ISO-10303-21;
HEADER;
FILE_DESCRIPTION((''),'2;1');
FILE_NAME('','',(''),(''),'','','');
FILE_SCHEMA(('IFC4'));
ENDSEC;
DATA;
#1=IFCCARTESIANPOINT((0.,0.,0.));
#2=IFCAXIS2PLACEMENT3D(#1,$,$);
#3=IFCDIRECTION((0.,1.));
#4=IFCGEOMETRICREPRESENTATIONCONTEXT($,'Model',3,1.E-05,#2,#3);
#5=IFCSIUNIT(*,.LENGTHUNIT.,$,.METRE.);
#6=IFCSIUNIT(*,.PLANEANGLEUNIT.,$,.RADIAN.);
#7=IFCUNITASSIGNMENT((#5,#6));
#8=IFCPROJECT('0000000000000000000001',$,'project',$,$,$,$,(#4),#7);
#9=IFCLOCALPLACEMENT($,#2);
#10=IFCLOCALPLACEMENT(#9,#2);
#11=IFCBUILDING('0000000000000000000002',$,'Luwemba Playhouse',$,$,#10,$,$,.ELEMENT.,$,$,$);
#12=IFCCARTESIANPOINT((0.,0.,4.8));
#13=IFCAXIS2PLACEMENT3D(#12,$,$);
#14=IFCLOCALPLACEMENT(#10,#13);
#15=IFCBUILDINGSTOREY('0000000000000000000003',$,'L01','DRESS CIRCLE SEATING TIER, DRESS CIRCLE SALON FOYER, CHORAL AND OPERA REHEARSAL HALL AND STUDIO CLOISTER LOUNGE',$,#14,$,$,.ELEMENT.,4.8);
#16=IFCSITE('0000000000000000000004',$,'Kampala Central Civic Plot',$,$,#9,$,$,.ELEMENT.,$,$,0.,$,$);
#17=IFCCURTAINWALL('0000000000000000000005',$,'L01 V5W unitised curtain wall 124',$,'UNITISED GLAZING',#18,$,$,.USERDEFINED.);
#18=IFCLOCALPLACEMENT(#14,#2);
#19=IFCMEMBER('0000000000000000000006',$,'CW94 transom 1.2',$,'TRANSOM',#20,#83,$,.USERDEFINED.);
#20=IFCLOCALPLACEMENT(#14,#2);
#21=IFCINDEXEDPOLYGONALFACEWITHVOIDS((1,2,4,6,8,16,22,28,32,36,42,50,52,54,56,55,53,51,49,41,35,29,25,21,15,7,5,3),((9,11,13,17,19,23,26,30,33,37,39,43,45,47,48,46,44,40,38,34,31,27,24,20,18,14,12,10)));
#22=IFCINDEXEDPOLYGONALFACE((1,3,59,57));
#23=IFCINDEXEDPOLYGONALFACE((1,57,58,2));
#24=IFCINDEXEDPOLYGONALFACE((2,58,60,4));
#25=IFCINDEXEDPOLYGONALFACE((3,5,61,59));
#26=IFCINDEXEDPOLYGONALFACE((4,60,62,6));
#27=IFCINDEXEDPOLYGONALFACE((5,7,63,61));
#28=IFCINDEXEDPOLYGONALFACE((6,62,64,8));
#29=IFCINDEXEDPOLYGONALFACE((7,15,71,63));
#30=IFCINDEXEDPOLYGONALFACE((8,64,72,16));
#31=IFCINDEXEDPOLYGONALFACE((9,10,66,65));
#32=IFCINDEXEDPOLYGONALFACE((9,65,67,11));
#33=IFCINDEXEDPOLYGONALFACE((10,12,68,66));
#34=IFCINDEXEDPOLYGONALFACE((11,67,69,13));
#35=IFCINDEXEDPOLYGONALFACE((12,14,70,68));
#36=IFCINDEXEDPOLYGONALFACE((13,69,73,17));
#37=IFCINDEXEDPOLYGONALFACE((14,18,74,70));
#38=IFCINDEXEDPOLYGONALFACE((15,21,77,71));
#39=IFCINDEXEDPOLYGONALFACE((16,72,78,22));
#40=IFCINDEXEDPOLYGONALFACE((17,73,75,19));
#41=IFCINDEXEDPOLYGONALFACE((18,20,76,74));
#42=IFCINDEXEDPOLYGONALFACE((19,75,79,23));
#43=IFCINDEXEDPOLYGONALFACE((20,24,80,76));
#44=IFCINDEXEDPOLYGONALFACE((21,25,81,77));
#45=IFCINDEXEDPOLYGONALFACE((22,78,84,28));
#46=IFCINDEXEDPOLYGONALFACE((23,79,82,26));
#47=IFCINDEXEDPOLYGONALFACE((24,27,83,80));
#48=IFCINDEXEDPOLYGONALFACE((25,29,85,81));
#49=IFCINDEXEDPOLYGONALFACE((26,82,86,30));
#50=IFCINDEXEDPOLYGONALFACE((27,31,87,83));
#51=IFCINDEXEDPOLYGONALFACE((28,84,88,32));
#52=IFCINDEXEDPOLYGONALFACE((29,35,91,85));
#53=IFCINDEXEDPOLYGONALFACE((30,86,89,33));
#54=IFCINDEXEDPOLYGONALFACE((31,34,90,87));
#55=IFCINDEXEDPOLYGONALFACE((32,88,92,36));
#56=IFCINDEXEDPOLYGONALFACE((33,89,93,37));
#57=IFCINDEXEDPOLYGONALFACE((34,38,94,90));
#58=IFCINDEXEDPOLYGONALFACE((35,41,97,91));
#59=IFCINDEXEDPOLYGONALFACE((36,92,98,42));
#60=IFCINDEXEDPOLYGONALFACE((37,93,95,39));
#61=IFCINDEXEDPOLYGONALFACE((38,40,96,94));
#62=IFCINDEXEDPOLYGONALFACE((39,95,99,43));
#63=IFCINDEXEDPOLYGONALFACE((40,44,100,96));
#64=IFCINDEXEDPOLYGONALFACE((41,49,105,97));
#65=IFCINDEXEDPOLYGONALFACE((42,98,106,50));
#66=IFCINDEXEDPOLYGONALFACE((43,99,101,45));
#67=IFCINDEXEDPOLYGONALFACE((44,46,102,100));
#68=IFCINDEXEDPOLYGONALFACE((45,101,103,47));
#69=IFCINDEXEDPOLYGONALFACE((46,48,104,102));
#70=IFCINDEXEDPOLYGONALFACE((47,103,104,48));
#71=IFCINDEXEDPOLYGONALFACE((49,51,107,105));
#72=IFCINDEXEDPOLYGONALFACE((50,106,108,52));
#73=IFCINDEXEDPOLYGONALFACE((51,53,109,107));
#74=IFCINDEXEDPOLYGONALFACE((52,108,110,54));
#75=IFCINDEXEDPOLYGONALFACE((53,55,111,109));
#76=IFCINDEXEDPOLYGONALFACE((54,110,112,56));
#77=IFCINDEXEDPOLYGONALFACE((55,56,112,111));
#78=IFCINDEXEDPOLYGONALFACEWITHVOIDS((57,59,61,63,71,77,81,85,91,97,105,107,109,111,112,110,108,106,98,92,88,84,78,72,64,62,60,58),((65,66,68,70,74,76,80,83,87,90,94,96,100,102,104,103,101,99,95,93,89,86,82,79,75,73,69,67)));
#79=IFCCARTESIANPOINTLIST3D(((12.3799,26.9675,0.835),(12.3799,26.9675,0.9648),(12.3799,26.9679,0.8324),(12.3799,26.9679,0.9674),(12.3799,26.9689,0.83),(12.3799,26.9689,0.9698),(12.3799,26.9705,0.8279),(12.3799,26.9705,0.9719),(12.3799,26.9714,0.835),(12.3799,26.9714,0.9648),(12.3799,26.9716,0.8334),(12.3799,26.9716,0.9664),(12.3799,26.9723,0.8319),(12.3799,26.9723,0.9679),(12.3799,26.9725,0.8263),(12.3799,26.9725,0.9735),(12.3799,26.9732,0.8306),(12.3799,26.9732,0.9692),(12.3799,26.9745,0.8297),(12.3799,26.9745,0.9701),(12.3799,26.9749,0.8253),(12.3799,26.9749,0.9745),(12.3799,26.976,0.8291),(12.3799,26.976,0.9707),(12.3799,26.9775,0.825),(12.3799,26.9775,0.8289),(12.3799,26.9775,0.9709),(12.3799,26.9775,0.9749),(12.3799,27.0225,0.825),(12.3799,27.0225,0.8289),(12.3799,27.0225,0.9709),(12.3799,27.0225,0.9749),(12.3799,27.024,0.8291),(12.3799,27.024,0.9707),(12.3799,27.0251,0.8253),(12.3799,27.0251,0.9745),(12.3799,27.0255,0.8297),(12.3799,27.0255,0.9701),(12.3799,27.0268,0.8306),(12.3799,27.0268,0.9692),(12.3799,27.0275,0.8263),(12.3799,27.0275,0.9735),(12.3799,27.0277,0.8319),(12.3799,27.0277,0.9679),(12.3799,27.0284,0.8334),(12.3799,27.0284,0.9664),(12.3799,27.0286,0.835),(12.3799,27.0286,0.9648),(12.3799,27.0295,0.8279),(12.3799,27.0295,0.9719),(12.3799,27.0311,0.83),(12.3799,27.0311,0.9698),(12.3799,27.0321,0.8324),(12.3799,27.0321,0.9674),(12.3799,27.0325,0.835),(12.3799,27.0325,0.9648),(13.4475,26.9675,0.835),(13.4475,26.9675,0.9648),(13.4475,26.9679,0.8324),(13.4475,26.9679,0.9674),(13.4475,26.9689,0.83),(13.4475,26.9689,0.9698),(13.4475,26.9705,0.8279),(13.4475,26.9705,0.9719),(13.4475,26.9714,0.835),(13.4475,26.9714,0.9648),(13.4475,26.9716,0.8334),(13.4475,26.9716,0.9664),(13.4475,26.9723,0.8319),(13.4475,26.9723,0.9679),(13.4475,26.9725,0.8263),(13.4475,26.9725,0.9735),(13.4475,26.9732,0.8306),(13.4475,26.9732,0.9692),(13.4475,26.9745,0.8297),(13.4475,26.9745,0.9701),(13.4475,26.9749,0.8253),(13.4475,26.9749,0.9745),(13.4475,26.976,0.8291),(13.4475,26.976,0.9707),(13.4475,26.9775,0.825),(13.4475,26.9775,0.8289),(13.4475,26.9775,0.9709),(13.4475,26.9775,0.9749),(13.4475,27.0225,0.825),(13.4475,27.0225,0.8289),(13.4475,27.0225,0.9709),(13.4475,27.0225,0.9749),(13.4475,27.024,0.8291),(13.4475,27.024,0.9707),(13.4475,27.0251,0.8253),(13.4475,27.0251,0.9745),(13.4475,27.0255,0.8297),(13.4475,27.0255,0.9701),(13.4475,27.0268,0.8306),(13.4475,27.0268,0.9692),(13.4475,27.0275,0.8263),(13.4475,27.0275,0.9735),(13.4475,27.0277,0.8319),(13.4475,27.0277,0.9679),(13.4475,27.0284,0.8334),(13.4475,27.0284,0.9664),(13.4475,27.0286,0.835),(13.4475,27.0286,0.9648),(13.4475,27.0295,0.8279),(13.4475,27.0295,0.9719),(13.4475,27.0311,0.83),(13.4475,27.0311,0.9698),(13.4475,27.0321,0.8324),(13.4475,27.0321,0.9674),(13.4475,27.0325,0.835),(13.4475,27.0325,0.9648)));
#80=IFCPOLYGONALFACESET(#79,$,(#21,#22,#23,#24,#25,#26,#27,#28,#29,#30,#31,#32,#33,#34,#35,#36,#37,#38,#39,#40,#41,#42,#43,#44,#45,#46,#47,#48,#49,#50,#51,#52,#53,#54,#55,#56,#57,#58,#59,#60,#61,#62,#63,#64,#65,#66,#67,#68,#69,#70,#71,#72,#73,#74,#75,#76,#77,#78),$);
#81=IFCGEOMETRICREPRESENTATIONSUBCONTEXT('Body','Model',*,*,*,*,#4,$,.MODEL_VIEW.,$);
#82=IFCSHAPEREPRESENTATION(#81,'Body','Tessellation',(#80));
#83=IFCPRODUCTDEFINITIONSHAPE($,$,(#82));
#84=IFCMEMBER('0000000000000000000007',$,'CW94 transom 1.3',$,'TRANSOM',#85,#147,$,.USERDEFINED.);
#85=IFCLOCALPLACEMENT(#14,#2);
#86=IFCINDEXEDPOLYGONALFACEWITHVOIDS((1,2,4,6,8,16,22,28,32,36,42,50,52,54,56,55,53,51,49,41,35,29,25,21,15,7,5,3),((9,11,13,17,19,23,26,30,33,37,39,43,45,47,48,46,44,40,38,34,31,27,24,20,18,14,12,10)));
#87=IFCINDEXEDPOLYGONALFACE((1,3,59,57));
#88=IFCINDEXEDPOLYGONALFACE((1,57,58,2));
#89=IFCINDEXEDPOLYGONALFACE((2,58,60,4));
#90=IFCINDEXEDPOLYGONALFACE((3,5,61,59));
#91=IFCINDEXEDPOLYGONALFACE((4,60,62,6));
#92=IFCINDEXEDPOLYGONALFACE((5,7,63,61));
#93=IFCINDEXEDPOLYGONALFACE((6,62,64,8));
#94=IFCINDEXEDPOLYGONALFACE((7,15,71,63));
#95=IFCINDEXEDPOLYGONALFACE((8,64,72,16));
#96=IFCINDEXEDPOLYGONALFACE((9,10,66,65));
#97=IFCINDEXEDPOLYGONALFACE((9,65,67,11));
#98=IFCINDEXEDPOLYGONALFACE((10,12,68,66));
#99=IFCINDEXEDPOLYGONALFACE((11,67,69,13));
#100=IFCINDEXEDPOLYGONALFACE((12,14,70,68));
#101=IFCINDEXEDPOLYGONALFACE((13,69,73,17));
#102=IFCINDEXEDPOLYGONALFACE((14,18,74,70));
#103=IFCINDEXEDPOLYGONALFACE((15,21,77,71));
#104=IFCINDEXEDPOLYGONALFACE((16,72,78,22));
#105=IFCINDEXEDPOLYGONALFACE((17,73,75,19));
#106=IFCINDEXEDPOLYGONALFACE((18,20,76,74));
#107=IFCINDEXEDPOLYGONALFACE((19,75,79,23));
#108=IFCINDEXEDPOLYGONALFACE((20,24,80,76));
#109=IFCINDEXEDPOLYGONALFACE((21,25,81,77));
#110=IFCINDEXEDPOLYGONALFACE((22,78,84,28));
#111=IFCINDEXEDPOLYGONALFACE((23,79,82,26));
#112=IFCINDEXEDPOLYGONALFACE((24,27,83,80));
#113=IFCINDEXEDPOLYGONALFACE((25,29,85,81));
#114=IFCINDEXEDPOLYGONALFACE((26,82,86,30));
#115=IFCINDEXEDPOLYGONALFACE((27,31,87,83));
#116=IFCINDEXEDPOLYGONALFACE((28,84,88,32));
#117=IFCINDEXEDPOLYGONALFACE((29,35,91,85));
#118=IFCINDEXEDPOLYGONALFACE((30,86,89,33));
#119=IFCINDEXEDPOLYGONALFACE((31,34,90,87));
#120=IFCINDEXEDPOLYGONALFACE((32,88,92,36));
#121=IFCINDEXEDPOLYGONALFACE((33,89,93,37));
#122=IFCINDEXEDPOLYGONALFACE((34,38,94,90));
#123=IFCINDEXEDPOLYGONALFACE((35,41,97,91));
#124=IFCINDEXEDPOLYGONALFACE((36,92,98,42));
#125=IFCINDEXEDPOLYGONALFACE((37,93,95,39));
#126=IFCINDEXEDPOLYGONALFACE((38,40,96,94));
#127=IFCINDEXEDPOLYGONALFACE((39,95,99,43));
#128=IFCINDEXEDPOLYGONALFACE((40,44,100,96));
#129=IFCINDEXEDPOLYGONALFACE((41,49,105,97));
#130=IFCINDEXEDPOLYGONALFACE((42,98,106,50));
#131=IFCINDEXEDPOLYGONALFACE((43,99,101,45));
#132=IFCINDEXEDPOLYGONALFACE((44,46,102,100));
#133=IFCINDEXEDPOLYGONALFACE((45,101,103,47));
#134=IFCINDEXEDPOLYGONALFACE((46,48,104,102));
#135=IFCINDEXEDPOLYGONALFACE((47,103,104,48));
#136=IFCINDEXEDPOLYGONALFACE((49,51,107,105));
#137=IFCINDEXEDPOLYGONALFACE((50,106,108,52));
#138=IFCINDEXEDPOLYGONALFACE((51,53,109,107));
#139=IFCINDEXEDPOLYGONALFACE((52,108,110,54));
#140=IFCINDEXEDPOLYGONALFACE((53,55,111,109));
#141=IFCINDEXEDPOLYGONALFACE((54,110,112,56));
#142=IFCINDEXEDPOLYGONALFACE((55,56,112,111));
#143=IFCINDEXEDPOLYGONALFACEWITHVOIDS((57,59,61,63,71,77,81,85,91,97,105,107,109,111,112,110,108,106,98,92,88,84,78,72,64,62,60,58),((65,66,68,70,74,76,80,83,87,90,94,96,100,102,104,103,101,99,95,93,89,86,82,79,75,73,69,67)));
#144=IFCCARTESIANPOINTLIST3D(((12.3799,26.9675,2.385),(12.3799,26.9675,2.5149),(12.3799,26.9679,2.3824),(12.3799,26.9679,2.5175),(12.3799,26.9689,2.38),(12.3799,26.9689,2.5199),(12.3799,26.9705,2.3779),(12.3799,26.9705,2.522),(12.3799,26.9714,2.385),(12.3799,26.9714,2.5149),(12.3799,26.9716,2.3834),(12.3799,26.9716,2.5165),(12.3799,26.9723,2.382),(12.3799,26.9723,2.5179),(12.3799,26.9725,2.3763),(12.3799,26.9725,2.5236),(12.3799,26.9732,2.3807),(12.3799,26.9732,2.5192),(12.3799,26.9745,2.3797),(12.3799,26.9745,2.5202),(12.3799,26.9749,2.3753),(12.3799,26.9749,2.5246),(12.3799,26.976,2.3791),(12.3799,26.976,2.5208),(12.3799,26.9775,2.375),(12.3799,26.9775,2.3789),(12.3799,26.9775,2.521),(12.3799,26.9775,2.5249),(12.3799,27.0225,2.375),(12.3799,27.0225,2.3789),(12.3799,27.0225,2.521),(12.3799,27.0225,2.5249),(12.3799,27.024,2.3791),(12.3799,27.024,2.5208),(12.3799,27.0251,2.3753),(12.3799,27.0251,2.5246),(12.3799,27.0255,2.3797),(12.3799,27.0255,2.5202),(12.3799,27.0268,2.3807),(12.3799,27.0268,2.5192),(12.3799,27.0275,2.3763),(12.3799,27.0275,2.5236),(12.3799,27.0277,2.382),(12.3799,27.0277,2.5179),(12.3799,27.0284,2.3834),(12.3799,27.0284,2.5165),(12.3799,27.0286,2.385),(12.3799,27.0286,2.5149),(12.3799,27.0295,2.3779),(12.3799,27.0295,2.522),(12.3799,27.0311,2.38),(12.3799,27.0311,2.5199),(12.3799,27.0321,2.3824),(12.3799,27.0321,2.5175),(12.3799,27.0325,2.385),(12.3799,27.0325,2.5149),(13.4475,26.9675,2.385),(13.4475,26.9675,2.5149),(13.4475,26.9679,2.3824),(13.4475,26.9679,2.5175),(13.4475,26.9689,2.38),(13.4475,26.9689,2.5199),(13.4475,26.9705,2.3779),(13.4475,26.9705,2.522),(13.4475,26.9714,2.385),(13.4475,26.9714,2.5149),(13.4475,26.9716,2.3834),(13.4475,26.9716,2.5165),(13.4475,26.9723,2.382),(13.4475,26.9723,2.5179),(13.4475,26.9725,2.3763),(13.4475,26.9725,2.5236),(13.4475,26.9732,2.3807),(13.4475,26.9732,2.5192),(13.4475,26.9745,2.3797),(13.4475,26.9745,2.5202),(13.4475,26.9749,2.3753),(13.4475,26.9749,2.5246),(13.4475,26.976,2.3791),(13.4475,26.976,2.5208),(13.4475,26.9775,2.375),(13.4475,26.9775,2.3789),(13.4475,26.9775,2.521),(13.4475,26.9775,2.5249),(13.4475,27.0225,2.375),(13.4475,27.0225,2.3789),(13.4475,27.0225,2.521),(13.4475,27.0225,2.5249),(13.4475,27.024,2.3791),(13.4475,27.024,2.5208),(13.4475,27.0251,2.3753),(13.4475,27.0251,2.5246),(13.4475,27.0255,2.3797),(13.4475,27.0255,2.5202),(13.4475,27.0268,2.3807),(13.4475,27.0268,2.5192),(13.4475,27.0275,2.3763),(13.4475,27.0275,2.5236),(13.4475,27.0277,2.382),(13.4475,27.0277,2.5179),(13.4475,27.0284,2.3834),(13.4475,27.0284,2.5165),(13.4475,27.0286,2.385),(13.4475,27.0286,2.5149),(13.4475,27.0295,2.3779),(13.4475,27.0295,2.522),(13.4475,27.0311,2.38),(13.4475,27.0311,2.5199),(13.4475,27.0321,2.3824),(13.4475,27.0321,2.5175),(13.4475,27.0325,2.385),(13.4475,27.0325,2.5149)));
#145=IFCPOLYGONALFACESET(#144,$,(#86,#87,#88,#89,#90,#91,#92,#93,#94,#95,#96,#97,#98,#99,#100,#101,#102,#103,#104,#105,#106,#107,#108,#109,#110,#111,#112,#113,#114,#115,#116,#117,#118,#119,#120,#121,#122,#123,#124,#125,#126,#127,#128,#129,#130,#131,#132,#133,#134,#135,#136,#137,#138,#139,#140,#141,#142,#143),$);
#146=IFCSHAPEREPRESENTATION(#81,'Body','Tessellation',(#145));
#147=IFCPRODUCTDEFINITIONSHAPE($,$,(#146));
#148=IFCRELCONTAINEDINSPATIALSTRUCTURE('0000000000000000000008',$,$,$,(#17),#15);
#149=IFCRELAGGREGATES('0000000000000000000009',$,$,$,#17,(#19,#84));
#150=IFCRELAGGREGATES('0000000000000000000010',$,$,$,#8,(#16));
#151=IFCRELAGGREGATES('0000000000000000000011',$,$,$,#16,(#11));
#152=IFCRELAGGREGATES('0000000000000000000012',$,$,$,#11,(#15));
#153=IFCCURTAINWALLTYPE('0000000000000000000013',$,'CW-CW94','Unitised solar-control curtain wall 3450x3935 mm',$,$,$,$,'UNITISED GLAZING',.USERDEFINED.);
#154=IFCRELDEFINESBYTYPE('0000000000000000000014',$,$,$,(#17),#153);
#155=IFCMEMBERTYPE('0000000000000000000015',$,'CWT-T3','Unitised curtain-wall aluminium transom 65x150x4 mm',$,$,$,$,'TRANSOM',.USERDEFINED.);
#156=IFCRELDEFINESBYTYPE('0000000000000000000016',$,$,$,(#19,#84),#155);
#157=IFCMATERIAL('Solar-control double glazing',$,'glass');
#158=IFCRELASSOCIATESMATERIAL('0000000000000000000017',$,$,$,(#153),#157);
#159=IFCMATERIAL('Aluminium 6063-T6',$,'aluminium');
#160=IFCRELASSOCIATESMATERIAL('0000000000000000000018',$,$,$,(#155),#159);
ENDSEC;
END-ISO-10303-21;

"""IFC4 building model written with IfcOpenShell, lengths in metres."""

from ifc_helpers import new_model, si_unit, direction, frame, origin, origin_2d, place, context, subcontext, project, spatial, hollow_rectangle, extrude, material, material_profile, profile_set, type_object, element, aggregate, save


model = new_model("IFC4")

# Units and contexts
model_context = context("Model", 3, precision=1e-05, world=origin(), true_north=direction((0.0, 1.0)))
body_context = subcontext(model_context, "Body", "Model", "MODEL_VIEW")
ifc_project = project(units=[si_unit("LENGTHUNIT", "METRE"), si_unit("PLANEANGLEUNIT", "RADIAN")], contexts=[model_context])

# Site, building, storey
site_placement = place(None, origin())
site = spatial("IfcSite", under=ifc_project, at=site_placement, Name="Kampala Central Civic Plot", CompositionType="ELEMENT", RefElevation=0.0)
building_placement = place(site_placement, origin())
building = spatial("IfcBuilding", under=site, at=building_placement, Name="Luwemba Playhouse", CompositionType="ELEMENT")
storey_placement = place(building_placement, frame((0.0, 0.0, 4.8)))
storey = spatial("IfcBuildingStorey", under=building, at=storey_placement, Name="L01", Description="DRESS CIRCLE SEATING TIER, DRESS CIRCLE SALON FOYER, CHORAL AND OPERA REHEARSAL HALL AND STUDIO CLOISTER LOUNGE", CompositionType="ELEMENT", Elevation=4.8)

# Shared definitions
ifc_material_1 = material(Name="Solar-control double glazing", Category="glass")
ifc_material_2 = material(Name="Aluminium 6063-T6", Category="aluminium")

# Curtain wall, members
curtain_wall_type_1 = type_object("IfcCurtainWallType", Name="CW-CW94", Description="Unitised solar-control curtain wall 3450x3935 mm", ElementType="UNITISED GLAZING", PredefinedType="USERDEFINED", material=ifc_material_1)
curtain_wall_1_placement = place(storey_placement, origin())
curtain_wall_1 = element("IfcCurtainWall", 1, at=curtain_wall_1_placement, inside=storey, type_object=curtain_wall_type_1, Name="L01 V5W unitised curtain wall 124", ObjectType="UNITISED GLAZING", PredefinedType="USERDEFINED")
ifc_material_profile_1 = material_profile(ifc_material_2, hollow_rectangle(XDim=0.0649, YDim=0.1499, WallThickness=0.0039, InnerFilletRadius=0.0061, OuterFilletRadius=0.01, at=origin_2d()))
ifc_profile_set_1 = profile_set([ifc_material_profile_1], Name="Aluminium 6063-T6")
member_type_1 = type_object("IfcMemberType", Name="CWT-T3", Description="Unitised curtain-wall aluminium transom 65x150x4 mm", ElementType="TRANSOM", PredefinedType="USERDEFINED", material=ifc_profile_set_1)
member_1_placement = place(storey_placement, frame((12.3799, 27.0, 0.8999), z_axis=(1.0, 0.0, 0.0), x_axis=(0.0, 1.0, 0.0)))
member_1 = element("IfcMember", 2, at=member_1_placement, type_object=member_type_1, Name="CW94 transom 1.2", ObjectType="TRANSOM", PredefinedType="USERDEFINED", context=body_context, shape_type="SweptSolid", body=[
    extrude(hollow_rectangle(XDim=0.0649, YDim=0.1499, WallThickness=0.0039, InnerFilletRadius=0.0061, OuterFilletRadius=0.01, at=origin_2d()), origin(), (0.0, 0.0, 1.0), 1.0676),
])
member_2_placement = place(storey_placement, frame((12.3799, 27.0, 2.45), z_axis=(1.0, 0.0, 0.0), x_axis=(0.0, 1.0, 0.0)))
member_2 = element("IfcMember", 3, at=member_2_placement, type_object=member_type_1, Name="CW94 transom 1.3", ObjectType="TRANSOM", PredefinedType="USERDEFINED", context=body_context, shape_type="SweptSolid", body=[
    extrude(hollow_rectangle(XDim=0.0649, YDim=0.1499, WallThickness=0.0039, InnerFilletRadius=0.0061, OuterFilletRadius=0.01, at=origin_2d()), origin(), (0.0, 0.0, 1.0), 1.0676),
])

aggregate(curtain_wall_1, [member_1, member_2])

save(model, "model.ifc")
